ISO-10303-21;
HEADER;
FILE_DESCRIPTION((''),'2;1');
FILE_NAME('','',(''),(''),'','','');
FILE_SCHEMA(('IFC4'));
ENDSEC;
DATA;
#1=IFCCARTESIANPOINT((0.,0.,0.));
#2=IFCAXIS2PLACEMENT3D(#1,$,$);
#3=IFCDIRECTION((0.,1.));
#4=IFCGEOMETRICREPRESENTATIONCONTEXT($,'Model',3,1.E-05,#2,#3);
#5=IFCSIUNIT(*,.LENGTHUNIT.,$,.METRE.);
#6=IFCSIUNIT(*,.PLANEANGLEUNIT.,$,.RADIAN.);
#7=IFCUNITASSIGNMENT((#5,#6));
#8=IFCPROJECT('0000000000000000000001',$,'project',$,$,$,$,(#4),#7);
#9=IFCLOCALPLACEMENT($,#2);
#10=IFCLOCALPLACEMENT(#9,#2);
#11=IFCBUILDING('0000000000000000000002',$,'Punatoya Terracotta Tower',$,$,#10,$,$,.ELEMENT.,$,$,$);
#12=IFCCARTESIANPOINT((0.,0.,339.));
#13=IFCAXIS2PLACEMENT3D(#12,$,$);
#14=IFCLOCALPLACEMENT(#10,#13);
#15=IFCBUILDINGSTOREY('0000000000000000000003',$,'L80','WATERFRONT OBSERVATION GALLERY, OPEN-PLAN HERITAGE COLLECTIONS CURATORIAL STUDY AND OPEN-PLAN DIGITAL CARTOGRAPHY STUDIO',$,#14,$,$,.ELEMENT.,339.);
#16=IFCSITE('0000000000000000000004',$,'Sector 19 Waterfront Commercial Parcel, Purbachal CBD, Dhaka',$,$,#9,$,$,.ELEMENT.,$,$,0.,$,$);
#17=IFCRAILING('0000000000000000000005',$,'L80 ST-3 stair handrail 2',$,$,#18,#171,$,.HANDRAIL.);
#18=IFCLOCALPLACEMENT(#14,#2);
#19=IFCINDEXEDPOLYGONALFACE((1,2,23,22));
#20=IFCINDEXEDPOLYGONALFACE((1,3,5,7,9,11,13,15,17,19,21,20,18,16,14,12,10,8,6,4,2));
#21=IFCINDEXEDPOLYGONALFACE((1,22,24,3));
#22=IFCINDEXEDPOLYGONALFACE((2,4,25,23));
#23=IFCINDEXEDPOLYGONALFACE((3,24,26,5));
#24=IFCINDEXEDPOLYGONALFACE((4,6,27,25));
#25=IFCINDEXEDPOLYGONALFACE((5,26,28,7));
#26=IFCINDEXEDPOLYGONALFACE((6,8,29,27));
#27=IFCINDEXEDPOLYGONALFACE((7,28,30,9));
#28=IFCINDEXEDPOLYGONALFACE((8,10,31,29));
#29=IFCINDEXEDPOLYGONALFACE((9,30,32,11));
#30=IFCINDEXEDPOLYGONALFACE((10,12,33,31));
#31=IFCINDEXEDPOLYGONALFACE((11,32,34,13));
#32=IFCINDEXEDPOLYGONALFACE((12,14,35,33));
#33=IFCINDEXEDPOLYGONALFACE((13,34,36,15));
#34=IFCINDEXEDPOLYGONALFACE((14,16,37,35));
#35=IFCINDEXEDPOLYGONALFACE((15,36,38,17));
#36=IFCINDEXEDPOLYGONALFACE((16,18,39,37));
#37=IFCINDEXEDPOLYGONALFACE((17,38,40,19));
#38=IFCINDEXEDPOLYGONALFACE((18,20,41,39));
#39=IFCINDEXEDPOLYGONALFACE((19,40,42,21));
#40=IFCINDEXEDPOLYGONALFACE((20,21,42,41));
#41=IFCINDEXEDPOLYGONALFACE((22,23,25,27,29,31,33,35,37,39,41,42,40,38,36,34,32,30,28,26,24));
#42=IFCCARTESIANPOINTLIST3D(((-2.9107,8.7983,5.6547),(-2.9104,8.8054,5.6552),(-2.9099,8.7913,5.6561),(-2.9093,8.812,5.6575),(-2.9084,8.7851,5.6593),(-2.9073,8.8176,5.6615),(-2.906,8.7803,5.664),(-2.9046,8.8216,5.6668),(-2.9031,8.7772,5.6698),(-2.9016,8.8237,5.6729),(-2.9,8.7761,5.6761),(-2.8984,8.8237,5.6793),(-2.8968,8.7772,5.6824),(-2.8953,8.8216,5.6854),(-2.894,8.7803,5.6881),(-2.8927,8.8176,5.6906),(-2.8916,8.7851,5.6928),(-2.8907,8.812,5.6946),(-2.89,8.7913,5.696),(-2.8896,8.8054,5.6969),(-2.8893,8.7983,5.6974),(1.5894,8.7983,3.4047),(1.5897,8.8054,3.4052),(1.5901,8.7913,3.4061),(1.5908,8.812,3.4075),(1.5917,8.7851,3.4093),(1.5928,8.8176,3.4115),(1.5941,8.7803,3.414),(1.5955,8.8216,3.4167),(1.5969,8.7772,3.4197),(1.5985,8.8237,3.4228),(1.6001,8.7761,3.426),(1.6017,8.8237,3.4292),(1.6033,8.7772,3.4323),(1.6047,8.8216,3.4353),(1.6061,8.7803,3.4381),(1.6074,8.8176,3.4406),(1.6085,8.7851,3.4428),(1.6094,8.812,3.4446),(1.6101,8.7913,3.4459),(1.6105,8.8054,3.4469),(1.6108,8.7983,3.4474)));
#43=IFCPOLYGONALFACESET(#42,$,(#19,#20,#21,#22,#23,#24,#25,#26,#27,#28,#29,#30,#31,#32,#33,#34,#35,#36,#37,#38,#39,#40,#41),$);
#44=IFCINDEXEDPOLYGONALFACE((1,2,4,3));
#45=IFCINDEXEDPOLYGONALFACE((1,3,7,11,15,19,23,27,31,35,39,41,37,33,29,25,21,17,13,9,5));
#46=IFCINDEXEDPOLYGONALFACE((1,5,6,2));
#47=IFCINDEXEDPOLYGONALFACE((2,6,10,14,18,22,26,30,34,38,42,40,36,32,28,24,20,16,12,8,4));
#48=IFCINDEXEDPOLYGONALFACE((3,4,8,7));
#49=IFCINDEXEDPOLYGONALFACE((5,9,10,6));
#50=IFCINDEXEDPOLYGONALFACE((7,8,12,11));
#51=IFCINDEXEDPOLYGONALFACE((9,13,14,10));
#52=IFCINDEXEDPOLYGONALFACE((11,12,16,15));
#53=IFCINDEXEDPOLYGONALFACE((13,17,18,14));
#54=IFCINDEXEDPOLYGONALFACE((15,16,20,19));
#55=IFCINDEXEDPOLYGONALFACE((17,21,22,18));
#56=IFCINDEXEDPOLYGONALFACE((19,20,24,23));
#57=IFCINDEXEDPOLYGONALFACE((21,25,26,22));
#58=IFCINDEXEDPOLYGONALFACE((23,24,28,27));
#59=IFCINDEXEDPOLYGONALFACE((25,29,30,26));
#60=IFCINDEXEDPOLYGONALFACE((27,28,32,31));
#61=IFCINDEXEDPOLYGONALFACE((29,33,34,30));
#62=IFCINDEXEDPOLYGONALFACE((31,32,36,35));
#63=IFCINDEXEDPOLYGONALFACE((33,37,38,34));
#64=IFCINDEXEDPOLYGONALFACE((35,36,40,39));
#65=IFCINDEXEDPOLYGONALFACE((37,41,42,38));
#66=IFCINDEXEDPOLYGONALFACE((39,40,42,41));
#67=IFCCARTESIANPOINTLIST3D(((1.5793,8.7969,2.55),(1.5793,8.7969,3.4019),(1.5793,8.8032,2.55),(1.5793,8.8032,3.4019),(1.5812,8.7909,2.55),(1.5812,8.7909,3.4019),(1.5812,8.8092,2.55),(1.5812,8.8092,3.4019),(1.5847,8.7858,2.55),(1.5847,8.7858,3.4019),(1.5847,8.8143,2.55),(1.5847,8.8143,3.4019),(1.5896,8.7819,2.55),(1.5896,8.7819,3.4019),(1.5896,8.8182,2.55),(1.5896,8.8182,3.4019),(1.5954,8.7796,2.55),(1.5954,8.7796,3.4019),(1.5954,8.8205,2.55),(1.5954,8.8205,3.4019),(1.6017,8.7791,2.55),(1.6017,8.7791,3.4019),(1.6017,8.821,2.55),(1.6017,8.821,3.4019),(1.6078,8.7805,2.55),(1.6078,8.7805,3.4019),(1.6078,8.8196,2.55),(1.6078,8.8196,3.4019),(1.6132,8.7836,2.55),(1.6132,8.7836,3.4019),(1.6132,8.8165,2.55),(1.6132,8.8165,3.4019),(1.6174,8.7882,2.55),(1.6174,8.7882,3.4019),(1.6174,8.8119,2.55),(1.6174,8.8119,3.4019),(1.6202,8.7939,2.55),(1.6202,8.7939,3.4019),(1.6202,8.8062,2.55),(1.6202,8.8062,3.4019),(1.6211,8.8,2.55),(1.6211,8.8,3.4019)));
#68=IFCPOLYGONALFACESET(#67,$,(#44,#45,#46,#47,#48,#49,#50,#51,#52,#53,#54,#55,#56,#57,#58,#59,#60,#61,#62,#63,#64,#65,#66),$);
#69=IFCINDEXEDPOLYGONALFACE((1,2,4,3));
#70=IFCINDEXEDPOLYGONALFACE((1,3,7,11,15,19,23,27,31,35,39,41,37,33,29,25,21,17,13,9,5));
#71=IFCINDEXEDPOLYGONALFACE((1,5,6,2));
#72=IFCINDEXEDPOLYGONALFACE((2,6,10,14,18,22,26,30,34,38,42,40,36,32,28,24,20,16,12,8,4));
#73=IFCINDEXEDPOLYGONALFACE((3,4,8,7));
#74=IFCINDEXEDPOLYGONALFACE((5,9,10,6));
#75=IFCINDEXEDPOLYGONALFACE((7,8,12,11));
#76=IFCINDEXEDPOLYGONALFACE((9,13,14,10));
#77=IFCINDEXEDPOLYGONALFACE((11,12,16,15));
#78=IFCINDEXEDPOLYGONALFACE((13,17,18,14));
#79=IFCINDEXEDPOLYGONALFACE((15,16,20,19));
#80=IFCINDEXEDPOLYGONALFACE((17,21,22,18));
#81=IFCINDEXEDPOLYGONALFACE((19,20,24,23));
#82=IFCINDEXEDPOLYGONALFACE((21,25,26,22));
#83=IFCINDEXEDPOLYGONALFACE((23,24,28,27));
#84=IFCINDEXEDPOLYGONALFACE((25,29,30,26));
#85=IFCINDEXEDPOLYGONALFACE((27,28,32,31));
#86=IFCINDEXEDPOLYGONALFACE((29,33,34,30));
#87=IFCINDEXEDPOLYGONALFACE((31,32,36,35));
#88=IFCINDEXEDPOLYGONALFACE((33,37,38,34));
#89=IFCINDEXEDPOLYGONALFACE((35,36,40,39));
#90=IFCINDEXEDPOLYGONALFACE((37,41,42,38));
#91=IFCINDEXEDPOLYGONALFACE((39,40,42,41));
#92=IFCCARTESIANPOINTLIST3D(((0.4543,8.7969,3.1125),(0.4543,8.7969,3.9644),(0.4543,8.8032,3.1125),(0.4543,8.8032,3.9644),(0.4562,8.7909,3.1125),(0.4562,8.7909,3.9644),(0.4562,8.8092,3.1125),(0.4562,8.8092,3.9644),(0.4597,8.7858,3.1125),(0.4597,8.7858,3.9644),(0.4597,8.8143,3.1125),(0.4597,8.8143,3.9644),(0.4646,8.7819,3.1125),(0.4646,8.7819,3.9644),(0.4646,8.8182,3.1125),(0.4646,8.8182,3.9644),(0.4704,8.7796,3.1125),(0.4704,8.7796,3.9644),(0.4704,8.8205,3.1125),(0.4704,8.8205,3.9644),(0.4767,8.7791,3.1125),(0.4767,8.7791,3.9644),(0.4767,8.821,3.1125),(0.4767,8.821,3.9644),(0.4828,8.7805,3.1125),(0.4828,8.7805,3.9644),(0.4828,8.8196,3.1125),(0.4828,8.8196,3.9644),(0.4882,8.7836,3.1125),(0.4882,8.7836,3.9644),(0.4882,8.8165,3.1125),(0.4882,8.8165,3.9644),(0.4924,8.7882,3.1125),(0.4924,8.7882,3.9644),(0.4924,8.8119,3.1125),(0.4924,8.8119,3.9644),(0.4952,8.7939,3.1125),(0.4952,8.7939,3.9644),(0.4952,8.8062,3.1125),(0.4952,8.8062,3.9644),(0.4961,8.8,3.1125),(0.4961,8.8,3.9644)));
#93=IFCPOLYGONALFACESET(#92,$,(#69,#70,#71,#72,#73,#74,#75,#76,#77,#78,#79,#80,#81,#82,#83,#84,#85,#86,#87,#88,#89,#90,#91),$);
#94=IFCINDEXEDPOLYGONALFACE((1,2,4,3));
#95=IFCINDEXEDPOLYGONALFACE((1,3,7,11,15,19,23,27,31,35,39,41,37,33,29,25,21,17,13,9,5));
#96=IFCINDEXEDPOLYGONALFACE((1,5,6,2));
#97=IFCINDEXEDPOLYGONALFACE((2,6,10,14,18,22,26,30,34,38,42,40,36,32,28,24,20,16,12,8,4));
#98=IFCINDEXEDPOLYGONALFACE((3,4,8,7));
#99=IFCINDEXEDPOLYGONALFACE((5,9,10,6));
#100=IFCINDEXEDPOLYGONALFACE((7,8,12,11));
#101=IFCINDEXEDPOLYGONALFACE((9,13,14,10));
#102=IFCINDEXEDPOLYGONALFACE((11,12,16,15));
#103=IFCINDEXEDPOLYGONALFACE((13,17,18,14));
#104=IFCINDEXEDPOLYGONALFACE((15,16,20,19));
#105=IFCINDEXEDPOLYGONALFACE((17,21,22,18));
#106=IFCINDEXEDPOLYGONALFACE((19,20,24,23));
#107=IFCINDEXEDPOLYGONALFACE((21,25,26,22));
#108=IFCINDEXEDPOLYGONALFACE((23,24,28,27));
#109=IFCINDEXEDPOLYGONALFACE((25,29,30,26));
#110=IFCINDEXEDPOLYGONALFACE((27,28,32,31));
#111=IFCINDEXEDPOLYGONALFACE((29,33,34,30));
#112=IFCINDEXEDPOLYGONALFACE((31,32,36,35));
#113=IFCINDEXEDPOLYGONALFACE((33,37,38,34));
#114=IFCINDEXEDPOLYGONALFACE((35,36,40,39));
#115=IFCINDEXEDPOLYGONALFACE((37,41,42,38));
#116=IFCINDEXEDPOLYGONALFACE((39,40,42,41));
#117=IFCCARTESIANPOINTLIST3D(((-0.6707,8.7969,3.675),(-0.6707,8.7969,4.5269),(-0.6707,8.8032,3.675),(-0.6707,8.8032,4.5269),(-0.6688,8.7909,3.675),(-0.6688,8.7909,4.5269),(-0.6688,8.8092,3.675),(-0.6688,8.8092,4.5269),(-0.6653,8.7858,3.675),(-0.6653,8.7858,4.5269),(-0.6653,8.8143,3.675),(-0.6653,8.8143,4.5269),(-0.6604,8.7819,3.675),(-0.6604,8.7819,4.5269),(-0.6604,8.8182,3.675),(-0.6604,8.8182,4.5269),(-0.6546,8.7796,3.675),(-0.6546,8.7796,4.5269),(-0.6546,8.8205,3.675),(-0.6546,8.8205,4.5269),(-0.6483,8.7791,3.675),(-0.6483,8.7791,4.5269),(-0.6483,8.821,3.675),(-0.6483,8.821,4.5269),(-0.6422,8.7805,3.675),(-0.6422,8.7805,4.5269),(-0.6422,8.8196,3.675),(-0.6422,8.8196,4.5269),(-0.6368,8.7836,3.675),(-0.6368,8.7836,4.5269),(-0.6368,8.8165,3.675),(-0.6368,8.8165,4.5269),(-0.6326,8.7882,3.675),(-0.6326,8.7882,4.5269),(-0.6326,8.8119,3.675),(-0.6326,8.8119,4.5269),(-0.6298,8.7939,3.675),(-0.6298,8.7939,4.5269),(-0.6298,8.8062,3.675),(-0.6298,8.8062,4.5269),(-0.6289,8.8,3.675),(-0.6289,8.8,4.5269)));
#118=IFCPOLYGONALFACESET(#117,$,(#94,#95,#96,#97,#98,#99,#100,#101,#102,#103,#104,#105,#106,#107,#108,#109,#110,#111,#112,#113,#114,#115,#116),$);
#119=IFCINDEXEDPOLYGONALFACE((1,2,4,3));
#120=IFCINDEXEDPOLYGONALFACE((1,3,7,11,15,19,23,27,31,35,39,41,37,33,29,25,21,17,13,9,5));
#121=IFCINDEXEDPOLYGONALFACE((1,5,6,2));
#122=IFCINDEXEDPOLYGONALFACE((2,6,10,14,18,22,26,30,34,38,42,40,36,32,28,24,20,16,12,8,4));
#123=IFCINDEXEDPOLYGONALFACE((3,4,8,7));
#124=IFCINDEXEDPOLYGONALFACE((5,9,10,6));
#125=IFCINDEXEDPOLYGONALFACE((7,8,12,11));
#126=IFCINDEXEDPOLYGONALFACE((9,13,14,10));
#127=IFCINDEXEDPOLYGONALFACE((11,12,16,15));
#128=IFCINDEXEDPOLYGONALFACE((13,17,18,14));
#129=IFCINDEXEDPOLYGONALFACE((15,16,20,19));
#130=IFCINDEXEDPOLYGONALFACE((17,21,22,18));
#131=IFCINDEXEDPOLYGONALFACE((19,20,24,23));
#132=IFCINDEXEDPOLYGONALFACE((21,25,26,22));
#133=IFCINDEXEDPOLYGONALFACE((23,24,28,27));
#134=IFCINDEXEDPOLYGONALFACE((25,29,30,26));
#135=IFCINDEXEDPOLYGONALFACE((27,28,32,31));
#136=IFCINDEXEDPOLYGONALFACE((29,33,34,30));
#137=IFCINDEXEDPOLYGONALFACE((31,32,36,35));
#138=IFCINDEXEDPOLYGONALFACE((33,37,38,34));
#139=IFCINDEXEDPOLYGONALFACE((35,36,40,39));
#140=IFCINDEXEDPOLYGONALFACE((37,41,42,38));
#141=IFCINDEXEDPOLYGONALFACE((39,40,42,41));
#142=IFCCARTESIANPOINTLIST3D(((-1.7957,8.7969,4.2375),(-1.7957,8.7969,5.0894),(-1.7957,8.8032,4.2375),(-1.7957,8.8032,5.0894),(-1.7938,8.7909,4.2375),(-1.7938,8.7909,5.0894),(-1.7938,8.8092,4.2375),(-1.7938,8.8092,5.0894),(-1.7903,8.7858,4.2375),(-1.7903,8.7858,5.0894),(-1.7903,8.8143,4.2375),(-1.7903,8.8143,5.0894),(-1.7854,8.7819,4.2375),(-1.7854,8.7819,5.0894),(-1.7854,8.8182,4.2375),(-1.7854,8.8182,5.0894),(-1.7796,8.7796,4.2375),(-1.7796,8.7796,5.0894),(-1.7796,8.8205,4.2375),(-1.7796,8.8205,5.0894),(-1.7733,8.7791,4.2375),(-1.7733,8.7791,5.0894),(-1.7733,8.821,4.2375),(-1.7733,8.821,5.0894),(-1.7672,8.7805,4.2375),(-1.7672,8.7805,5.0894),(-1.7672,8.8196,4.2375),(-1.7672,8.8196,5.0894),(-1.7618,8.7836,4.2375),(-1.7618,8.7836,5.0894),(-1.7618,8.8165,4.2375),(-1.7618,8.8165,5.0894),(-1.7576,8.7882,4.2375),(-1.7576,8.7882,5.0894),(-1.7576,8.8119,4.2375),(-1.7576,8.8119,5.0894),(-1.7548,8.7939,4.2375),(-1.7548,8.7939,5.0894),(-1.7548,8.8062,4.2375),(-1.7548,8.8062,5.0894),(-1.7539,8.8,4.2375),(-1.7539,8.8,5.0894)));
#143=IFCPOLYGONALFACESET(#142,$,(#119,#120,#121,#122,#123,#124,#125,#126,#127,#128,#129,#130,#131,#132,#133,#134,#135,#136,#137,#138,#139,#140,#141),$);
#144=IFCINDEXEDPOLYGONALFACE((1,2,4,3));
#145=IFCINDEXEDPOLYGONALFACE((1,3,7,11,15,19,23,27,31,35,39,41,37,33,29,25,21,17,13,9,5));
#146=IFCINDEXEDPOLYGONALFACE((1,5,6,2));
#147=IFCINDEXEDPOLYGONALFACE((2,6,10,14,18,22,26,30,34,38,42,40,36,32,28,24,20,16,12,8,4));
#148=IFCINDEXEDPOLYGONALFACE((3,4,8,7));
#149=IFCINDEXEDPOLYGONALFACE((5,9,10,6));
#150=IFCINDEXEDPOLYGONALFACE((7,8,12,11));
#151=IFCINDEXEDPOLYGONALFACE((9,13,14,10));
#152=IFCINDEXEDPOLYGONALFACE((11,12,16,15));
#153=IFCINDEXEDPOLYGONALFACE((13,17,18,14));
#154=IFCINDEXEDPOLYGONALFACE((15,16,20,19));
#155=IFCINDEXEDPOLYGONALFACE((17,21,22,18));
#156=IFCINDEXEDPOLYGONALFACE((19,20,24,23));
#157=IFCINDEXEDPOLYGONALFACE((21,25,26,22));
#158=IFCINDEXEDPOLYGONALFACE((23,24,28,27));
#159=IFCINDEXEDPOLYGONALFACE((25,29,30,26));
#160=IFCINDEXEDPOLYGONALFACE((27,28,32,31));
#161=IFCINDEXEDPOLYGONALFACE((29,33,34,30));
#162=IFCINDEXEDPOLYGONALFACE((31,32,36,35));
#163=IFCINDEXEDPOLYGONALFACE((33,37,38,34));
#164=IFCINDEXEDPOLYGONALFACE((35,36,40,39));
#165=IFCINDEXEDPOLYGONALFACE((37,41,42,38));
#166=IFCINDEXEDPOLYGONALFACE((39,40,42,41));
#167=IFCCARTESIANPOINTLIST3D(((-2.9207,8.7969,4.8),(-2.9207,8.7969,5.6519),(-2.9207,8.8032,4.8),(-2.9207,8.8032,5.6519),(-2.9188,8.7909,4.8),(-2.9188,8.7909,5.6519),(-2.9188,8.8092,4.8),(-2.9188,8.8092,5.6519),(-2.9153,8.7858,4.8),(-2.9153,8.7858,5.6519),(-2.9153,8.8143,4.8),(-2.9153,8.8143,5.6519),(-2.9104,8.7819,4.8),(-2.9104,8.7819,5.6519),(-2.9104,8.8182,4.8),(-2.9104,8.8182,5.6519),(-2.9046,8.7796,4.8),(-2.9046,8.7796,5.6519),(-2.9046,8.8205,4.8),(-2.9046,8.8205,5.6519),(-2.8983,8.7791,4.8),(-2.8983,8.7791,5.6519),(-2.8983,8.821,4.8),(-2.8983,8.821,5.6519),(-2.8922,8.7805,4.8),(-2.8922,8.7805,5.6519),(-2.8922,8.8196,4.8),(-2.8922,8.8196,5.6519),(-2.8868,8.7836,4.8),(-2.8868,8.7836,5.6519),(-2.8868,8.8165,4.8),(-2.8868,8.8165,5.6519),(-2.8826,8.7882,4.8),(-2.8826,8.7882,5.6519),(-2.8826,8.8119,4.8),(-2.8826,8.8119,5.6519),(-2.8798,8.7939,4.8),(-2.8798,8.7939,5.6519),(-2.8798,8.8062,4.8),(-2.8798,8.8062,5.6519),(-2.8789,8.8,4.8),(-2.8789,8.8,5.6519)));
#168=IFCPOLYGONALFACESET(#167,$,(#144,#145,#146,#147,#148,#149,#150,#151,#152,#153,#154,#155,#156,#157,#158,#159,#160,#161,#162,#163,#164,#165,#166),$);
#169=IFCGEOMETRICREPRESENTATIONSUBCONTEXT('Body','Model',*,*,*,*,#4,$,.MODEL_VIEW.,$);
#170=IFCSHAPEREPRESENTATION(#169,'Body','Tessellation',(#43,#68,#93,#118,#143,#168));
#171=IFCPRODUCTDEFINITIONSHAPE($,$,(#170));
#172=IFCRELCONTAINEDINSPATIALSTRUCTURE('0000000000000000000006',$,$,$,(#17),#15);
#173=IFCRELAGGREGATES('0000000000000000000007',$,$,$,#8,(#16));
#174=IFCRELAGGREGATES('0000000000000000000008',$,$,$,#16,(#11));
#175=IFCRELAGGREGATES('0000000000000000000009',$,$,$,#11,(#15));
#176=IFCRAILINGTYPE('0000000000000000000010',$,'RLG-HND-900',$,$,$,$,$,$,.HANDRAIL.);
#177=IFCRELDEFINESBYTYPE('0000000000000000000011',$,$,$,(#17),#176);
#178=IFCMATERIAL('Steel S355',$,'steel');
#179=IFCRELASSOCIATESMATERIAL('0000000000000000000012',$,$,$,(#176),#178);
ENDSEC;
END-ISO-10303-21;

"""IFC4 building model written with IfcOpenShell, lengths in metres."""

from ifc_helpers import new_model, si_unit, direction, frame, origin, origin_2d, place, context, subcontext, project, spatial, circle, extrude, material, type_object, element, save


model = new_model("IFC4")

# Units and contexts
model_context = context("Model", 3, precision=1e-05, world=origin(), true_north=direction((0.0, 1.0)))
body_context = subcontext(model_context, "Body", "Model", "MODEL_VIEW")
ifc_project = project(units=[si_unit("LENGTHUNIT", "METRE"), si_unit("PLANEANGLEUNIT", "RADIAN")], contexts=[model_context])

# Site, building, storey
site_placement = place(None, origin())
site = spatial("IfcSite", under=ifc_project, at=site_placement, Name="Sector 19 Waterfront Commercial Parcel, Purbachal CBD, Dhaka", CompositionType="ELEMENT", RefElevation=0.0)
building_placement = place(site_placement, origin())
building = spatial("IfcBuilding", under=site, at=building_placement, Name="Punatoya Terracotta Tower", CompositionType="ELEMENT")
storey_placement = place(building_placement, frame((0.0, 0.0, 339.0)))
storey = spatial("IfcBuildingStorey", under=building, at=storey_placement, Name="L80", Description="WATERFRONT OBSERVATION GALLERY, OPEN-PLAN HERITAGE COLLECTIONS CURATORIAL STUDY AND OPEN-PLAN DIGITAL CARTOGRAPHY STUDIO", CompositionType="ELEMENT", Elevation=339.0)

# Shared definitions
ifc_material_1 = material(Name="Steel S355", Category="steel")

# Railing
railing_type_1 = type_object("IfcRailingType", Name="RLG-HND-900", PredefinedType="HANDRAIL", material=ifc_material_1)
railing_1_placement = place(storey_placement, frame((1.6001, 8.8, 2.55)))
element("IfcRailing", 1, at=railing_1_placement, inside=storey, type_object=railing_type_1, Name="L80 ST-3 stair handrail 2", PredefinedType="HANDRAIL", context=body_context, shape_type="SweptSolid", body=[
    extrude(circle(Radius=0.0239, at=origin_2d()), frame((0.0, 0.0, 0.876), z_axis=(-0.894427, 0.0, 0.447214), x_axis=(0.0, -1.0, 0.0)), (0.0, 0.0, 1.0), 5.0312),
    extrude(circle(Radius=0.021, at=origin_2d()), origin(), (0.0, 0.0, 1.0), 0.8518),
    extrude(circle(Radius=0.021, at=origin_2d()), frame((-1.125, 0.0, 0.5625)), (0.0, 0.0, 1.0), 0.8518),
    extrude(circle(Radius=0.021, at=origin_2d()), frame((-2.25, 0.0, 1.125)), (0.0, 0.0, 1.0), 0.8518),
    extrude(circle(Radius=0.021, at=origin_2d()), frame((-3.375, 0.0, 1.6875)), (0.0, 0.0, 1.0), 0.8518),
    extrude(circle(Radius=0.021, at=origin_2d()), frame((-4.5, 0.0, 2.25)), (0.0, 0.0, 1.0), 0.8518),
])

save(model, "model.ifc")
